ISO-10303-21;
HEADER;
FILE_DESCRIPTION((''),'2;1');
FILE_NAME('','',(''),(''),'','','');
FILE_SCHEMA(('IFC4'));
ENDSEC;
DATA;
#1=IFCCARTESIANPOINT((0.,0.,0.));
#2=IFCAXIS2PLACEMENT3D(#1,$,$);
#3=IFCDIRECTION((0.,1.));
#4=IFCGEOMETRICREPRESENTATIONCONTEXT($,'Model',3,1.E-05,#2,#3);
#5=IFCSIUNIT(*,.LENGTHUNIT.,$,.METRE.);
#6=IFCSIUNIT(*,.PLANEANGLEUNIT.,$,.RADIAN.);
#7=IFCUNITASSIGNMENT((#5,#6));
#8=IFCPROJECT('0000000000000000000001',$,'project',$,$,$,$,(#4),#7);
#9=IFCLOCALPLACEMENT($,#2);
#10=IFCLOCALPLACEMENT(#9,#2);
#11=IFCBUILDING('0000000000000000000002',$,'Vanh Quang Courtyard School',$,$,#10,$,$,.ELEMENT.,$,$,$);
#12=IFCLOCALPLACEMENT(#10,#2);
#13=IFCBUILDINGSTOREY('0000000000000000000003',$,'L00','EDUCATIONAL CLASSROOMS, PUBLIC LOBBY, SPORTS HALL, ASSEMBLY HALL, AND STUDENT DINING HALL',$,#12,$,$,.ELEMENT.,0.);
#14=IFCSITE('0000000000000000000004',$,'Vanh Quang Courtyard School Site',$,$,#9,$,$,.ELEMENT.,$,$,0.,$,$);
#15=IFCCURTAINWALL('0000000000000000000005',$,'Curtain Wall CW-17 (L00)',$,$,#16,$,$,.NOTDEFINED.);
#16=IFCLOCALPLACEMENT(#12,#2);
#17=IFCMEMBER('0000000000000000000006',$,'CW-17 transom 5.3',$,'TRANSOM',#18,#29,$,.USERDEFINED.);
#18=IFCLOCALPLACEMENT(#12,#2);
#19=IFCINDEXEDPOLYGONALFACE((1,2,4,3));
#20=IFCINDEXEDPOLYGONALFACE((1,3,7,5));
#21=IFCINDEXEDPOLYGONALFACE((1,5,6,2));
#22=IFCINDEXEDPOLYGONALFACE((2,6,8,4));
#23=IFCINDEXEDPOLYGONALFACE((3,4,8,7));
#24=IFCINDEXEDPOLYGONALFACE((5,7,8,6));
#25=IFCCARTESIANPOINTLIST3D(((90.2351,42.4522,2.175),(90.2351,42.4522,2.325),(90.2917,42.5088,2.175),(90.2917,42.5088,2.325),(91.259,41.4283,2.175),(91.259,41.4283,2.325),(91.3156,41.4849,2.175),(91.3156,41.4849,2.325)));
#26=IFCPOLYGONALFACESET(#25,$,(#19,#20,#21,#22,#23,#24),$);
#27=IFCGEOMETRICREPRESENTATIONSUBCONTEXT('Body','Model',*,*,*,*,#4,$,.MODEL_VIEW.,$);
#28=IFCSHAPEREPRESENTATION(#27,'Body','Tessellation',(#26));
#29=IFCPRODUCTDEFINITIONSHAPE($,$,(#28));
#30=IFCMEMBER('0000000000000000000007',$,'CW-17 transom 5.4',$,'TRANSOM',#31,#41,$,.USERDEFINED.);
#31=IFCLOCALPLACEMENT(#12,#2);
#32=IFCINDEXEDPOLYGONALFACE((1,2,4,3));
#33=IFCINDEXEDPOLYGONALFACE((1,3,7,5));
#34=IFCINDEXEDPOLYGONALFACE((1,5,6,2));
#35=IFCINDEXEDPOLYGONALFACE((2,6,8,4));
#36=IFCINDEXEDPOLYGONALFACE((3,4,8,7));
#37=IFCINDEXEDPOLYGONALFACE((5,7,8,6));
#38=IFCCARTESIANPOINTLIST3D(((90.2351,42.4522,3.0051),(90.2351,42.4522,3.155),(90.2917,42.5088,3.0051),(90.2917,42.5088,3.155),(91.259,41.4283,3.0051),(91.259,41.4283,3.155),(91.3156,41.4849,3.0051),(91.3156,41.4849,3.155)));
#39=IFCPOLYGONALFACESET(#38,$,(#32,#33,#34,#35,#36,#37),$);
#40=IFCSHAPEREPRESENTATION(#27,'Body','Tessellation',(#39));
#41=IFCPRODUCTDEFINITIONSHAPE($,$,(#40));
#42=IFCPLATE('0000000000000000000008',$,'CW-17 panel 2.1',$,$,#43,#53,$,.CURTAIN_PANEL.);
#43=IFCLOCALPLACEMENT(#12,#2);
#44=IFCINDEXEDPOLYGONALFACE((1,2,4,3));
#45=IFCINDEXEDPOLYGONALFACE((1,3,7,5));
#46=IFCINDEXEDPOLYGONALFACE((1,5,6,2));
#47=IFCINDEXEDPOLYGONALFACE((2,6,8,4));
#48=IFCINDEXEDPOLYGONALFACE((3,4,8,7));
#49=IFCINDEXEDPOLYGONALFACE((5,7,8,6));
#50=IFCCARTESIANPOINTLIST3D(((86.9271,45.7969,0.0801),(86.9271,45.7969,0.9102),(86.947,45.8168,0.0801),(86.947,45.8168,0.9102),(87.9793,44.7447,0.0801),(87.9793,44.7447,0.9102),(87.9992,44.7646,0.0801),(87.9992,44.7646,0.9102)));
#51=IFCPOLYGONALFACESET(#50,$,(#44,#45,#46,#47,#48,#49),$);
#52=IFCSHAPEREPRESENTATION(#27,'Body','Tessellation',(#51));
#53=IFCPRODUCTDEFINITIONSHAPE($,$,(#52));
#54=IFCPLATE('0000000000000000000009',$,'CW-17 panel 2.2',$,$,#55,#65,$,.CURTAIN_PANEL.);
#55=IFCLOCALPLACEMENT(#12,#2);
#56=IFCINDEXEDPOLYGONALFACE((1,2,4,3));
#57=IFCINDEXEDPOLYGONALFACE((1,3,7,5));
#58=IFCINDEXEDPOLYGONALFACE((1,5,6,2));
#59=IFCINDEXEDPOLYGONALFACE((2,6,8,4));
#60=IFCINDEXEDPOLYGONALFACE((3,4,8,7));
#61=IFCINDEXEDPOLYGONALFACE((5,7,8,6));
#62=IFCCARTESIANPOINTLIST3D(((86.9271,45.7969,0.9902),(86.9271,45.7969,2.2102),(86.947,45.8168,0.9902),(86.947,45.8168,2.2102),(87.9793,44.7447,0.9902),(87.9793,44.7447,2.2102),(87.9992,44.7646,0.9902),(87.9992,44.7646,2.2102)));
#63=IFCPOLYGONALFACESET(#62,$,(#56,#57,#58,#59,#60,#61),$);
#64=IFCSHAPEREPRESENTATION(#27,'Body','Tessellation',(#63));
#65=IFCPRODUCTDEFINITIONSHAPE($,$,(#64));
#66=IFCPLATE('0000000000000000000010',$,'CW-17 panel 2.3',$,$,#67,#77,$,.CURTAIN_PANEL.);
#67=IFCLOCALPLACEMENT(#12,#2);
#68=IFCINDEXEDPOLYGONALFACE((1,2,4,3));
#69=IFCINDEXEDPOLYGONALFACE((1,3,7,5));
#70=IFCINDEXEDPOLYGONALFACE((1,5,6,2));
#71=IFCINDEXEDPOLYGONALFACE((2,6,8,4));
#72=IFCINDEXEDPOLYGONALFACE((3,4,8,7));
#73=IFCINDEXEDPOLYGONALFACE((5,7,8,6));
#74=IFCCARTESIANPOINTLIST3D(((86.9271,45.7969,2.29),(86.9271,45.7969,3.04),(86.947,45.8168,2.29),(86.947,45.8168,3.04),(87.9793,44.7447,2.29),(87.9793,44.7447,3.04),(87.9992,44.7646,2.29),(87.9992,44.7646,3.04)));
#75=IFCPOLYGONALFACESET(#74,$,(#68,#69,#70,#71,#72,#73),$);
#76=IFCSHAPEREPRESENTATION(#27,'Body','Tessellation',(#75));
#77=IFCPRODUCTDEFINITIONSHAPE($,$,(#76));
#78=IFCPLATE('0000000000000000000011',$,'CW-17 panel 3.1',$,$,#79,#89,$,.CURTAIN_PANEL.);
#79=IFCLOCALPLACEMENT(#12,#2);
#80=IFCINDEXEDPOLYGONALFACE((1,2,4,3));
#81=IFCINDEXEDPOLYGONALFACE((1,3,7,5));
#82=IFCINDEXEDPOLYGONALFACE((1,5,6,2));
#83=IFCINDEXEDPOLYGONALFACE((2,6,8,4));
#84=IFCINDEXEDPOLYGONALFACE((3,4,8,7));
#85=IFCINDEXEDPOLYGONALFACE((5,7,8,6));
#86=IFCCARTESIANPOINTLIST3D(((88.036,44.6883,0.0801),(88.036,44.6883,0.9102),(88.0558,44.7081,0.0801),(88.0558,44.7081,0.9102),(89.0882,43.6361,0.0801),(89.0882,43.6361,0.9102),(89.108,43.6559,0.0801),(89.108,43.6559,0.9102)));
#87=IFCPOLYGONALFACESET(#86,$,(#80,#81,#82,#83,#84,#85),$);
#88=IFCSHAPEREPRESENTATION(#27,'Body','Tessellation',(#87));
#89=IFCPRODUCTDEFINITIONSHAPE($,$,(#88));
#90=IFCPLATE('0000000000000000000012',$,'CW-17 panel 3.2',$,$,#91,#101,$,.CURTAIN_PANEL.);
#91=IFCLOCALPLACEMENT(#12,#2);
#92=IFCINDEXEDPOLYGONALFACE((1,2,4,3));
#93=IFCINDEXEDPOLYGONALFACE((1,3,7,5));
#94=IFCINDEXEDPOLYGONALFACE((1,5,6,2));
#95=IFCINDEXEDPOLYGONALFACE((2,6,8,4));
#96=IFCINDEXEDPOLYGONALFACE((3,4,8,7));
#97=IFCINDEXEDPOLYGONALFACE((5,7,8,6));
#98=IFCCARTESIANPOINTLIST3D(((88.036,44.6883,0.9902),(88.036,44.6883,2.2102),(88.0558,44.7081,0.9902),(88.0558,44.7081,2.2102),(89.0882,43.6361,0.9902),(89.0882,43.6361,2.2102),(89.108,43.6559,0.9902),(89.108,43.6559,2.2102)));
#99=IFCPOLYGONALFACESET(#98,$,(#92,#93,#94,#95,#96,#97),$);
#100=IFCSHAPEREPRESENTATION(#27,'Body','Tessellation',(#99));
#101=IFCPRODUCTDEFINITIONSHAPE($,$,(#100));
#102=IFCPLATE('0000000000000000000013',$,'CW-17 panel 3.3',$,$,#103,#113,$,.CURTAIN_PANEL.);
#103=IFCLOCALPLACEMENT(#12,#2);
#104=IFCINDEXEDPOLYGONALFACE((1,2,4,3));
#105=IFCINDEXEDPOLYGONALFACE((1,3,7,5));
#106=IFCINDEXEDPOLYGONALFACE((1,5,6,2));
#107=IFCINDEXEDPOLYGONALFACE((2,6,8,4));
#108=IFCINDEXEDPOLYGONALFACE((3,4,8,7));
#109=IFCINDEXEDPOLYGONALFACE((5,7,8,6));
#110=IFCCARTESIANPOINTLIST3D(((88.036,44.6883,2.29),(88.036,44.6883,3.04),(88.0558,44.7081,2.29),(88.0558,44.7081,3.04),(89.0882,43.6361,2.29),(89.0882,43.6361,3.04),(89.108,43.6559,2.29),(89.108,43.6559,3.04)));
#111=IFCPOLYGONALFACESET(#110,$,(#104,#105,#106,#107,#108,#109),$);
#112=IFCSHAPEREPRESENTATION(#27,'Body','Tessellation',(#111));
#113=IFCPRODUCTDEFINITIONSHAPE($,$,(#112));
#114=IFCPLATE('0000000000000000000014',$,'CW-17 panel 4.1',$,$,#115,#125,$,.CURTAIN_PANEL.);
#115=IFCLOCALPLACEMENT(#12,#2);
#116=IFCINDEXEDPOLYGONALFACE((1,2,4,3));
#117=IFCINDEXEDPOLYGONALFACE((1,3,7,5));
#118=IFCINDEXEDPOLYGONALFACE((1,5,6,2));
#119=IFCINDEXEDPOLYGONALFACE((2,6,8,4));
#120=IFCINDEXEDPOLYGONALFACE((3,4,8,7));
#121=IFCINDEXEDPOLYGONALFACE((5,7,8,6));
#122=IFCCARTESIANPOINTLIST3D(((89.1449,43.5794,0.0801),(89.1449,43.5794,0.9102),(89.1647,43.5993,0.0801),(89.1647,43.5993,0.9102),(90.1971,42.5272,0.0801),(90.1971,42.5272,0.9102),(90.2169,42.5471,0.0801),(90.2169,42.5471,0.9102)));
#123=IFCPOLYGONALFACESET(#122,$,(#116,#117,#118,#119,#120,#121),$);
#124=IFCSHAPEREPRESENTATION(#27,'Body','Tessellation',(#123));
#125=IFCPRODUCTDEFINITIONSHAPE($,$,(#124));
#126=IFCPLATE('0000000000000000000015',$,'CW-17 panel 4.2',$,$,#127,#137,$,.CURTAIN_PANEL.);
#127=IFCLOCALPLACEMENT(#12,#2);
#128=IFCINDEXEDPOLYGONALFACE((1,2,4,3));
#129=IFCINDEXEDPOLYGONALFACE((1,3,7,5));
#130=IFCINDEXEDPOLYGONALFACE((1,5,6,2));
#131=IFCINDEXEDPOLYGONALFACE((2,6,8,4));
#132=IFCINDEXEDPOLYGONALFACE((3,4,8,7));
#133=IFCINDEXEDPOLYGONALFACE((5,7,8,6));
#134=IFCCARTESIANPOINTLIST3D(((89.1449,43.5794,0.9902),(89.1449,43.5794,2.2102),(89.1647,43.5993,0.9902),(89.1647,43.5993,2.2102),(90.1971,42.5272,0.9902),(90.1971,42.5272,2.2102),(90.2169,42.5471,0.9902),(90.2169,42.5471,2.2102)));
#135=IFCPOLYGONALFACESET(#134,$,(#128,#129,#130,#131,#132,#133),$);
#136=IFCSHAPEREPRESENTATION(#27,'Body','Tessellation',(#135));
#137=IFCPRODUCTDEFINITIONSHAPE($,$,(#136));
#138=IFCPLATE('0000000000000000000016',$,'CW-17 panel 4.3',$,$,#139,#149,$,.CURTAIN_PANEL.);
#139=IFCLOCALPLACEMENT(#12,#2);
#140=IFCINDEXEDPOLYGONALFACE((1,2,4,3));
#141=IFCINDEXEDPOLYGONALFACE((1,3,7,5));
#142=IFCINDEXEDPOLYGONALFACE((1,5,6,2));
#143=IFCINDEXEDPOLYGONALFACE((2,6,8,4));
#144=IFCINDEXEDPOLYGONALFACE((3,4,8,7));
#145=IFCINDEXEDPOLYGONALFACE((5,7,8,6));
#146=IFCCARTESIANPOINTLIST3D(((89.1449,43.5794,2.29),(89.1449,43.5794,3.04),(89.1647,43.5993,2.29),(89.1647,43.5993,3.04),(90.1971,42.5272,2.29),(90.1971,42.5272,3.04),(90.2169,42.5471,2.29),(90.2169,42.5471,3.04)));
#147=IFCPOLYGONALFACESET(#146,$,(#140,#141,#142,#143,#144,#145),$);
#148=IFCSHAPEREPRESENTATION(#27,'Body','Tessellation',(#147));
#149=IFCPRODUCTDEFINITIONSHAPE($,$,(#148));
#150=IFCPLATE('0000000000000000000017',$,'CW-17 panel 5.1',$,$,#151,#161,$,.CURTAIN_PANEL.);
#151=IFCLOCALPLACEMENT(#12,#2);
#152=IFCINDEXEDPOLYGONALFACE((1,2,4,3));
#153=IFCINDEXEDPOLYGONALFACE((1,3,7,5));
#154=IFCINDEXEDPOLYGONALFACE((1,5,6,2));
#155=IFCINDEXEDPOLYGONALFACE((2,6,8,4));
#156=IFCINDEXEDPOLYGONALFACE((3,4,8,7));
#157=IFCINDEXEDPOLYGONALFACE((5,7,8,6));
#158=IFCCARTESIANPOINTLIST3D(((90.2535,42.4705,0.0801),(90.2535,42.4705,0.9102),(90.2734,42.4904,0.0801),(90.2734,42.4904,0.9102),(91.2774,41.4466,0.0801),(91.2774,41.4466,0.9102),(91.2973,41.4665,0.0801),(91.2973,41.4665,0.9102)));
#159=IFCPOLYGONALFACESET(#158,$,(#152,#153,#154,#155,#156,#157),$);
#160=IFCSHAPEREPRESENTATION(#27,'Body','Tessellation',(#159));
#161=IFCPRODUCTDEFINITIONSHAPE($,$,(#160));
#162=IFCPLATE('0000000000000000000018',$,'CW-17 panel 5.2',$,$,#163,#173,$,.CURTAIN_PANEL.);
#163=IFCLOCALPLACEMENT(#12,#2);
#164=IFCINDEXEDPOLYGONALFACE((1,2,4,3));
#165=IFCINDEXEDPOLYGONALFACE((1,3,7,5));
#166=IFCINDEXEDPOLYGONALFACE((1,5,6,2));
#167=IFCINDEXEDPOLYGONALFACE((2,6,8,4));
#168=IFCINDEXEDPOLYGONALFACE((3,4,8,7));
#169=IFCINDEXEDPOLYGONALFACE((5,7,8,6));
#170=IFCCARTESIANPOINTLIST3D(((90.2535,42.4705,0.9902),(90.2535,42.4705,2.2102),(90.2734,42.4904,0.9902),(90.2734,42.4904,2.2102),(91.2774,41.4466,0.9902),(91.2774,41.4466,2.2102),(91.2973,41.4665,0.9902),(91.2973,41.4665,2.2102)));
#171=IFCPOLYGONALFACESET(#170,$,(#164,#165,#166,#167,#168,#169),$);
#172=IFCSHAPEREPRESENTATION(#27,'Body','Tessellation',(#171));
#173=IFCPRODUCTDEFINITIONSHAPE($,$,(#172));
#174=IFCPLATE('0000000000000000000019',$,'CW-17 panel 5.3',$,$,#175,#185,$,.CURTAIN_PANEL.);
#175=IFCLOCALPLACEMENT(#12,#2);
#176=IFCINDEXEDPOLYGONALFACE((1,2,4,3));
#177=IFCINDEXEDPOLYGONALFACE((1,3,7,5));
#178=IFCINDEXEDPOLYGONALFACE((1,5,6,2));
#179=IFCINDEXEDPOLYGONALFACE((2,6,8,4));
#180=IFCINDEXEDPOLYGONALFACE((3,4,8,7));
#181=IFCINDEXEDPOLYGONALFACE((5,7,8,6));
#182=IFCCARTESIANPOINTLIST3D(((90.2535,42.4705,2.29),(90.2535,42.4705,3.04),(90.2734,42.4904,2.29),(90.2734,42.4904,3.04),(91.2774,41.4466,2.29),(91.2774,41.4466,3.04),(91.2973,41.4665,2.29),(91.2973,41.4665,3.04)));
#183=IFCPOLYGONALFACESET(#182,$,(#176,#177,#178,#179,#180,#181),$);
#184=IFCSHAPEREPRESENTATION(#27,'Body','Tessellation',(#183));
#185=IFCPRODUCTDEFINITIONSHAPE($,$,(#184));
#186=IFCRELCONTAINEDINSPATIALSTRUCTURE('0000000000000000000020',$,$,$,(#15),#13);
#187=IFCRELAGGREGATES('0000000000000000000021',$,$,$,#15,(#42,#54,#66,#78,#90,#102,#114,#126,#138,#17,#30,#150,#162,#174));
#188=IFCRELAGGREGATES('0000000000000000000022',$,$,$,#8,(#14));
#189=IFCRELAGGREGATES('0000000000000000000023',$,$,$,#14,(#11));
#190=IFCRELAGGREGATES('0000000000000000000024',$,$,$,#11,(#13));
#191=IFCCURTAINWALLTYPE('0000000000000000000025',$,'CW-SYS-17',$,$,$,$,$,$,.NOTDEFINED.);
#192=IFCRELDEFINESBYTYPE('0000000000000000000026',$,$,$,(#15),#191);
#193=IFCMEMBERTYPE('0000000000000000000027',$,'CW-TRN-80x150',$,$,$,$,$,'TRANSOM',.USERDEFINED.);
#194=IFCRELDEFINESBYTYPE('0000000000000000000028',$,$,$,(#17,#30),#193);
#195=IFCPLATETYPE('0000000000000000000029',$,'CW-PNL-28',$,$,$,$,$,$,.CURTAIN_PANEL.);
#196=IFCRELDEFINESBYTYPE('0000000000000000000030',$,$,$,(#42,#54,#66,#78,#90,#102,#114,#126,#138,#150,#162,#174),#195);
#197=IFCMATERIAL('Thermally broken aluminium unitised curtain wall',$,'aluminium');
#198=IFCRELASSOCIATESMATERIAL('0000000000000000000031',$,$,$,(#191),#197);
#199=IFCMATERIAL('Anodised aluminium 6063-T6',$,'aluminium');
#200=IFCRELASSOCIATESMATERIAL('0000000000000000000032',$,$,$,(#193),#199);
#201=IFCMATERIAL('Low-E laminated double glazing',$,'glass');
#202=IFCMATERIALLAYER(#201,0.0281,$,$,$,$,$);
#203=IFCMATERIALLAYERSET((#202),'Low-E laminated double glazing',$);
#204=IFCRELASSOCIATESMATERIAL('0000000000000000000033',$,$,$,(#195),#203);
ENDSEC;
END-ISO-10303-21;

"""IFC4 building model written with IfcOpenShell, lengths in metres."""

from ifc_helpers import new_model, si_unit, direction, frame, origin, origin_2d, place, context, subcontext, project, spatial, rectangle, extrude, material, layer, layer_set, material_profile, profile_set, type_object, element, aggregate, save


model = new_model("IFC4")

# Units and contexts
model_context = context("Model", 3, precision=1e-05, world=origin(), true_north=direction((0.0, 1.0)))
body_context = subcontext(model_context, "Body", "Model", "MODEL_VIEW")
ifc_project = project(units=[si_unit("LENGTHUNIT", "METRE"), si_unit("PLANEANGLEUNIT", "RADIAN")], contexts=[model_context])

# Site, building, storey
site_placement = place(None, origin())
site = spatial("IfcSite", under=ifc_project, at=site_placement, Name="Vanh Quang Courtyard School Site", CompositionType="ELEMENT", RefElevation=0.0)
building_placement = place(site_placement, origin())
building = spatial("IfcBuilding", under=site, at=building_placement, Name="Vanh Quang Courtyard School", CompositionType="ELEMENT")
storey_placement = place(building_placement, origin())
storey = spatial("IfcBuildingStorey", under=building, at=storey_placement, Name="L00", Description="EDUCATIONAL CLASSROOMS, PUBLIC LOBBY, SPORTS HALL, ASSEMBLY HALL, AND STUDENT DINING HALL", CompositionType="ELEMENT", Elevation=0.0)

# Curtain wall, members, plates
ifc_material_1 = material(Name="Thermally broken aluminium unitised curtain wall", Category="aluminium")
curtain_wall_type = type_object("IfcCurtainWallType", Name="CW-SYS-17", PredefinedType="NOTDEFINED", material=ifc_material_1)
curtain_wall_placement = place(storey_placement, origin())
curtain_wall = element("IfcCurtainWall", 1, at=curtain_wall_placement, inside=storey, type_object=curtain_wall_type, Name="Curtain Wall CW-17 (L00)", PredefinedType="NOTDEFINED")
ifc_material_2 = material(Name="Anodised aluminium 6063-T6", Category="aluminium")
ifc_material_profile_1 = material_profile(ifc_material_2, rectangle(XDim=0.0801, YDim=0.1499, at=origin_2d()), Name="ALU-TRN 80x150")
ifc_profile_set_1 = profile_set([ifc_material_profile_1], Name="Anodised aluminium 6063-T6")
member_type_1 = type_object("IfcMemberType", Name="CW-TRN-80x150", ElementType="TRANSOM", PredefinedType="USERDEFINED", material=ifc_profile_set_1)
member_1_placement = place(storey_placement, frame((90.2634, 42.4805, 2.25), z_axis=(0.707107, -0.707107, 0.0), x_axis=(0.707107, 0.707107, 0.0)))
member_1 = element("IfcMember", 2, at=member_1_placement, type_object=member_type_1, Name="CW-17 transom 5.3", ObjectType="TRANSOM", PredefinedType="USERDEFINED", context=body_context, shape_type="SweptSolid", body=[
    extrude(rectangle(XDim=0.0801, YDim=0.1499, at=origin_2d()), origin(), (0.0, 0.0, 1.0), 1.448),
])
member_2_placement = place(storey_placement, frame((90.2634, 42.4805, 3.0801), z_axis=(0.707107, -0.707107, 0.0), x_axis=(0.707107, 0.707107, 0.0)))
member_2 = element("IfcMember", 3, at=member_2_placement, type_object=member_type_1, Name="CW-17 transom 5.4", ObjectType="TRANSOM", PredefinedType="USERDEFINED", context=body_context, shape_type="SweptSolid", body=[
    extrude(rectangle(XDim=0.0801, YDim=0.1499, at=origin_2d()), origin(), (0.0, 0.0, 1.0), 1.448),
])
ifc_material_3 = material(Name="Low-E laminated double glazing", Category="glass")
ifc_layer_1 = layer(ifc_material_3, 0.0281)
ifc_layer_set_1 = layer_set([ifc_layer_1], Name="Low-E laminated double glazing")
plate_type = type_object("IfcPlateType", Name="CW-PNL-28", PredefinedType="CURTAIN_PANEL", material=ifc_layer_set_1)
plate_1_placement = place(storey_placement, frame((87.4631, 45.2808, 0.0801), z_axis=(0.0, 0.0, 1.0), x_axis=(0.707107, -0.707107, 0.0)))
plate_1 = element("IfcPlate", 4, at=plate_1_placement, type_object=plate_type, Name="CW-17 panel 2.1", PredefinedType="CURTAIN_PANEL", context=body_context, shape_type="SweptSolid", body=[
    extrude(rectangle(XDim=1.488, YDim=0.0281, at=origin_2d()), origin(), (0.0, 0.0, 1.0), 0.8301),
])
plate_2_placement = place(storey_placement, frame((87.4631, 45.2808, 0.9902), z_axis=(0.0, 0.0, 1.0), x_axis=(0.707107, -0.707107, 0.0)))
plate_2 = element("IfcPlate", 5, at=plate_2_placement, type_object=plate_type, Name="CW-17 panel 2.2", PredefinedType="CURTAIN_PANEL", context=body_context, shape_type="SweptSolid", body=[
    extrude(rectangle(XDim=1.488, YDim=0.0281, at=origin_2d()), origin(), (0.0, 0.0, 1.0), 1.22),
])
plate_3_placement = place(storey_placement, frame((87.4631, 45.2808, 2.29), z_axis=(0.0, 0.0, 1.0), x_axis=(0.707107, -0.707107, 0.0)))
plate_3 = element("IfcPlate", 6, at=plate_3_placement, type_object=plate_type, Name="CW-17 panel 2.3", PredefinedType="CURTAIN_PANEL", context=body_context, shape_type="SweptSolid", body=[
    extrude(rectangle(XDim=1.488, YDim=0.0281, at=origin_2d()), origin(), (0.0, 0.0, 1.0), 0.75),
])
plate_4_placement = place(storey_placement, frame((88.572, 44.1721, 0.0801), z_axis=(0.0, 0.0, 1.0), x_axis=(0.707107, -0.707107, 0.0)))
plate_4 = element("IfcPlate", 7, at=plate_4_placement, type_object=plate_type, Name="CW-17 panel 3.1", PredefinedType="CURTAIN_PANEL", context=body_context, shape_type="SweptSolid", body=[
    extrude(rectangle(XDim=1.488, YDim=0.0281, at=origin_2d()), origin(), (0.0, 0.0, 1.0), 0.8301),
])
plate_5_placement = place(storey_placement, frame((88.572, 44.1721, 0.9902), z_axis=(0.0, 0.0, 1.0), x_axis=(0.707107, -0.707107, 0.0)))
plate_5 = element("IfcPlate", 8, at=plate_5_placement, type_object=plate_type, Name="CW-17 panel 3.2", PredefinedType="CURTAIN_PANEL", context=body_context, shape_type="SweptSolid", body=[
    extrude(rectangle(XDim=1.488, YDim=0.0281, at=origin_2d()), origin(), (0.0, 0.0, 1.0), 1.22),
])
plate_6_placement = place(storey_placement, frame((88.572, 44.1721, 2.29), z_axis=(0.0, 0.0, 1.0), x_axis=(0.707107, -0.707107, 0.0)))
plate_6 = element("IfcPlate", 9, at=plate_6_placement, type_object=plate_type, Name="CW-17 panel 3.3", PredefinedType="CURTAIN_PANEL", context=body_context, shape_type="SweptSolid", body=[
    extrude(rectangle(XDim=1.488, YDim=0.0281, at=origin_2d()), origin(), (0.0, 0.0, 1.0), 0.75),
])
plate_7_placement = place(storey_placement, frame((89.6809, 43.0632, 0.0801), z_axis=(0.0, 0.0, 1.0), x_axis=(0.707107, -0.707107, 0.0)))
plate_7 = element("IfcPlate", 10, at=plate_7_placement, type_object=plate_type, Name="CW-17 panel 4.1", PredefinedType="CURTAIN_PANEL", context=body_context, shape_type="SweptSolid", body=[
    extrude(rectangle(XDim=1.488, YDim=0.0281, at=origin_2d()), origin(), (0.0, 0.0, 1.0), 0.8301),
])
plate_8_placement = place(storey_placement, frame((89.6809, 43.0632, 0.9902), z_axis=(0.0, 0.0, 1.0), x_axis=(0.707107, -0.707107, 0.0)))
plate_8 = element("IfcPlate", 11, at=plate_8_placement, type_object=plate_type, Name="CW-17 panel 4.2", PredefinedType="CURTAIN_PANEL", context=body_context, shape_type="SweptSolid", body=[
    extrude(rectangle(XDim=1.488, YDim=0.0281, at=origin_2d()), origin(), (0.0, 0.0, 1.0), 1.22),
])
plate_9_placement = place(storey_placement, frame((89.6809, 43.0632, 2.29), z_axis=(0.0, 0.0, 1.0), x_axis=(0.707107, -0.707107, 0.0)))
plate_9 = element("IfcPlate", 12, at=plate_9_placement, type_object=plate_type, Name="CW-17 panel 4.3", PredefinedType="CURTAIN_PANEL", context=body_context, shape_type="SweptSolid", body=[
    extrude(rectangle(XDim=1.488, YDim=0.0281, at=origin_2d()), origin(), (0.0, 0.0, 1.0), 0.75),
])
plate_10_placement = place(storey_placement, frame((90.7754, 41.9685, 0.0801), z_axis=(0.0, 0.0, 1.0), x_axis=(0.707107, -0.707107, 0.0)))
plate_10 = element("IfcPlate", 13, at=plate_10_placement, type_object=plate_type, Name="CW-17 panel 5.1", PredefinedType="CURTAIN_PANEL", context=body_context, shape_type="SweptSolid", body=[
    extrude(rectangle(XDim=1.448, YDim=0.0281, at=origin_2d()), origin(), (0.0, 0.0, 1.0), 0.8301),
])
plate_11_placement = place(storey_placement, frame((90.7754, 41.9685, 0.9902), z_axis=(0.0, 0.0, 1.0), x_axis=(0.707107, -0.707107, 0.0)))
plate_11 = element("IfcPlate", 14, at=plate_11_placement, type_object=plate_type, Name="CW-17 panel 5.2", PredefinedType="CURTAIN_PANEL", context=body_context, shape_type="SweptSolid", body=[
    extrude(rectangle(XDim=1.448, YDim=0.0281, at=origin_2d()), origin(), (0.0, 0.0, 1.0), 1.22),
])
plate_12_placement = place(storey_placement, frame((90.7754, 41.9685, 2.29), z_axis=(0.0, 0.0, 1.0), x_axis=(0.707107, -0.707107, 0.0)))
plate_12 = element("IfcPlate", 15, at=plate_12_placement, type_object=plate_type, Name="CW-17 panel 5.3", PredefinedType="CURTAIN_PANEL", context=body_context, shape_type="SweptSolid", body=[
    extrude(rectangle(XDim=1.448, YDim=0.0281, at=origin_2d()), origin(), (0.0, 0.0, 1.0), 0.75),
])
aggregate(curtain_wall, [plate_1, plate_2, plate_3, plate_4, plate_5, plate_6, plate_7, plate_8, plate_9, member_1, member_2, plate_10, plate_11, plate_12])

save(model, "model.ifc")
